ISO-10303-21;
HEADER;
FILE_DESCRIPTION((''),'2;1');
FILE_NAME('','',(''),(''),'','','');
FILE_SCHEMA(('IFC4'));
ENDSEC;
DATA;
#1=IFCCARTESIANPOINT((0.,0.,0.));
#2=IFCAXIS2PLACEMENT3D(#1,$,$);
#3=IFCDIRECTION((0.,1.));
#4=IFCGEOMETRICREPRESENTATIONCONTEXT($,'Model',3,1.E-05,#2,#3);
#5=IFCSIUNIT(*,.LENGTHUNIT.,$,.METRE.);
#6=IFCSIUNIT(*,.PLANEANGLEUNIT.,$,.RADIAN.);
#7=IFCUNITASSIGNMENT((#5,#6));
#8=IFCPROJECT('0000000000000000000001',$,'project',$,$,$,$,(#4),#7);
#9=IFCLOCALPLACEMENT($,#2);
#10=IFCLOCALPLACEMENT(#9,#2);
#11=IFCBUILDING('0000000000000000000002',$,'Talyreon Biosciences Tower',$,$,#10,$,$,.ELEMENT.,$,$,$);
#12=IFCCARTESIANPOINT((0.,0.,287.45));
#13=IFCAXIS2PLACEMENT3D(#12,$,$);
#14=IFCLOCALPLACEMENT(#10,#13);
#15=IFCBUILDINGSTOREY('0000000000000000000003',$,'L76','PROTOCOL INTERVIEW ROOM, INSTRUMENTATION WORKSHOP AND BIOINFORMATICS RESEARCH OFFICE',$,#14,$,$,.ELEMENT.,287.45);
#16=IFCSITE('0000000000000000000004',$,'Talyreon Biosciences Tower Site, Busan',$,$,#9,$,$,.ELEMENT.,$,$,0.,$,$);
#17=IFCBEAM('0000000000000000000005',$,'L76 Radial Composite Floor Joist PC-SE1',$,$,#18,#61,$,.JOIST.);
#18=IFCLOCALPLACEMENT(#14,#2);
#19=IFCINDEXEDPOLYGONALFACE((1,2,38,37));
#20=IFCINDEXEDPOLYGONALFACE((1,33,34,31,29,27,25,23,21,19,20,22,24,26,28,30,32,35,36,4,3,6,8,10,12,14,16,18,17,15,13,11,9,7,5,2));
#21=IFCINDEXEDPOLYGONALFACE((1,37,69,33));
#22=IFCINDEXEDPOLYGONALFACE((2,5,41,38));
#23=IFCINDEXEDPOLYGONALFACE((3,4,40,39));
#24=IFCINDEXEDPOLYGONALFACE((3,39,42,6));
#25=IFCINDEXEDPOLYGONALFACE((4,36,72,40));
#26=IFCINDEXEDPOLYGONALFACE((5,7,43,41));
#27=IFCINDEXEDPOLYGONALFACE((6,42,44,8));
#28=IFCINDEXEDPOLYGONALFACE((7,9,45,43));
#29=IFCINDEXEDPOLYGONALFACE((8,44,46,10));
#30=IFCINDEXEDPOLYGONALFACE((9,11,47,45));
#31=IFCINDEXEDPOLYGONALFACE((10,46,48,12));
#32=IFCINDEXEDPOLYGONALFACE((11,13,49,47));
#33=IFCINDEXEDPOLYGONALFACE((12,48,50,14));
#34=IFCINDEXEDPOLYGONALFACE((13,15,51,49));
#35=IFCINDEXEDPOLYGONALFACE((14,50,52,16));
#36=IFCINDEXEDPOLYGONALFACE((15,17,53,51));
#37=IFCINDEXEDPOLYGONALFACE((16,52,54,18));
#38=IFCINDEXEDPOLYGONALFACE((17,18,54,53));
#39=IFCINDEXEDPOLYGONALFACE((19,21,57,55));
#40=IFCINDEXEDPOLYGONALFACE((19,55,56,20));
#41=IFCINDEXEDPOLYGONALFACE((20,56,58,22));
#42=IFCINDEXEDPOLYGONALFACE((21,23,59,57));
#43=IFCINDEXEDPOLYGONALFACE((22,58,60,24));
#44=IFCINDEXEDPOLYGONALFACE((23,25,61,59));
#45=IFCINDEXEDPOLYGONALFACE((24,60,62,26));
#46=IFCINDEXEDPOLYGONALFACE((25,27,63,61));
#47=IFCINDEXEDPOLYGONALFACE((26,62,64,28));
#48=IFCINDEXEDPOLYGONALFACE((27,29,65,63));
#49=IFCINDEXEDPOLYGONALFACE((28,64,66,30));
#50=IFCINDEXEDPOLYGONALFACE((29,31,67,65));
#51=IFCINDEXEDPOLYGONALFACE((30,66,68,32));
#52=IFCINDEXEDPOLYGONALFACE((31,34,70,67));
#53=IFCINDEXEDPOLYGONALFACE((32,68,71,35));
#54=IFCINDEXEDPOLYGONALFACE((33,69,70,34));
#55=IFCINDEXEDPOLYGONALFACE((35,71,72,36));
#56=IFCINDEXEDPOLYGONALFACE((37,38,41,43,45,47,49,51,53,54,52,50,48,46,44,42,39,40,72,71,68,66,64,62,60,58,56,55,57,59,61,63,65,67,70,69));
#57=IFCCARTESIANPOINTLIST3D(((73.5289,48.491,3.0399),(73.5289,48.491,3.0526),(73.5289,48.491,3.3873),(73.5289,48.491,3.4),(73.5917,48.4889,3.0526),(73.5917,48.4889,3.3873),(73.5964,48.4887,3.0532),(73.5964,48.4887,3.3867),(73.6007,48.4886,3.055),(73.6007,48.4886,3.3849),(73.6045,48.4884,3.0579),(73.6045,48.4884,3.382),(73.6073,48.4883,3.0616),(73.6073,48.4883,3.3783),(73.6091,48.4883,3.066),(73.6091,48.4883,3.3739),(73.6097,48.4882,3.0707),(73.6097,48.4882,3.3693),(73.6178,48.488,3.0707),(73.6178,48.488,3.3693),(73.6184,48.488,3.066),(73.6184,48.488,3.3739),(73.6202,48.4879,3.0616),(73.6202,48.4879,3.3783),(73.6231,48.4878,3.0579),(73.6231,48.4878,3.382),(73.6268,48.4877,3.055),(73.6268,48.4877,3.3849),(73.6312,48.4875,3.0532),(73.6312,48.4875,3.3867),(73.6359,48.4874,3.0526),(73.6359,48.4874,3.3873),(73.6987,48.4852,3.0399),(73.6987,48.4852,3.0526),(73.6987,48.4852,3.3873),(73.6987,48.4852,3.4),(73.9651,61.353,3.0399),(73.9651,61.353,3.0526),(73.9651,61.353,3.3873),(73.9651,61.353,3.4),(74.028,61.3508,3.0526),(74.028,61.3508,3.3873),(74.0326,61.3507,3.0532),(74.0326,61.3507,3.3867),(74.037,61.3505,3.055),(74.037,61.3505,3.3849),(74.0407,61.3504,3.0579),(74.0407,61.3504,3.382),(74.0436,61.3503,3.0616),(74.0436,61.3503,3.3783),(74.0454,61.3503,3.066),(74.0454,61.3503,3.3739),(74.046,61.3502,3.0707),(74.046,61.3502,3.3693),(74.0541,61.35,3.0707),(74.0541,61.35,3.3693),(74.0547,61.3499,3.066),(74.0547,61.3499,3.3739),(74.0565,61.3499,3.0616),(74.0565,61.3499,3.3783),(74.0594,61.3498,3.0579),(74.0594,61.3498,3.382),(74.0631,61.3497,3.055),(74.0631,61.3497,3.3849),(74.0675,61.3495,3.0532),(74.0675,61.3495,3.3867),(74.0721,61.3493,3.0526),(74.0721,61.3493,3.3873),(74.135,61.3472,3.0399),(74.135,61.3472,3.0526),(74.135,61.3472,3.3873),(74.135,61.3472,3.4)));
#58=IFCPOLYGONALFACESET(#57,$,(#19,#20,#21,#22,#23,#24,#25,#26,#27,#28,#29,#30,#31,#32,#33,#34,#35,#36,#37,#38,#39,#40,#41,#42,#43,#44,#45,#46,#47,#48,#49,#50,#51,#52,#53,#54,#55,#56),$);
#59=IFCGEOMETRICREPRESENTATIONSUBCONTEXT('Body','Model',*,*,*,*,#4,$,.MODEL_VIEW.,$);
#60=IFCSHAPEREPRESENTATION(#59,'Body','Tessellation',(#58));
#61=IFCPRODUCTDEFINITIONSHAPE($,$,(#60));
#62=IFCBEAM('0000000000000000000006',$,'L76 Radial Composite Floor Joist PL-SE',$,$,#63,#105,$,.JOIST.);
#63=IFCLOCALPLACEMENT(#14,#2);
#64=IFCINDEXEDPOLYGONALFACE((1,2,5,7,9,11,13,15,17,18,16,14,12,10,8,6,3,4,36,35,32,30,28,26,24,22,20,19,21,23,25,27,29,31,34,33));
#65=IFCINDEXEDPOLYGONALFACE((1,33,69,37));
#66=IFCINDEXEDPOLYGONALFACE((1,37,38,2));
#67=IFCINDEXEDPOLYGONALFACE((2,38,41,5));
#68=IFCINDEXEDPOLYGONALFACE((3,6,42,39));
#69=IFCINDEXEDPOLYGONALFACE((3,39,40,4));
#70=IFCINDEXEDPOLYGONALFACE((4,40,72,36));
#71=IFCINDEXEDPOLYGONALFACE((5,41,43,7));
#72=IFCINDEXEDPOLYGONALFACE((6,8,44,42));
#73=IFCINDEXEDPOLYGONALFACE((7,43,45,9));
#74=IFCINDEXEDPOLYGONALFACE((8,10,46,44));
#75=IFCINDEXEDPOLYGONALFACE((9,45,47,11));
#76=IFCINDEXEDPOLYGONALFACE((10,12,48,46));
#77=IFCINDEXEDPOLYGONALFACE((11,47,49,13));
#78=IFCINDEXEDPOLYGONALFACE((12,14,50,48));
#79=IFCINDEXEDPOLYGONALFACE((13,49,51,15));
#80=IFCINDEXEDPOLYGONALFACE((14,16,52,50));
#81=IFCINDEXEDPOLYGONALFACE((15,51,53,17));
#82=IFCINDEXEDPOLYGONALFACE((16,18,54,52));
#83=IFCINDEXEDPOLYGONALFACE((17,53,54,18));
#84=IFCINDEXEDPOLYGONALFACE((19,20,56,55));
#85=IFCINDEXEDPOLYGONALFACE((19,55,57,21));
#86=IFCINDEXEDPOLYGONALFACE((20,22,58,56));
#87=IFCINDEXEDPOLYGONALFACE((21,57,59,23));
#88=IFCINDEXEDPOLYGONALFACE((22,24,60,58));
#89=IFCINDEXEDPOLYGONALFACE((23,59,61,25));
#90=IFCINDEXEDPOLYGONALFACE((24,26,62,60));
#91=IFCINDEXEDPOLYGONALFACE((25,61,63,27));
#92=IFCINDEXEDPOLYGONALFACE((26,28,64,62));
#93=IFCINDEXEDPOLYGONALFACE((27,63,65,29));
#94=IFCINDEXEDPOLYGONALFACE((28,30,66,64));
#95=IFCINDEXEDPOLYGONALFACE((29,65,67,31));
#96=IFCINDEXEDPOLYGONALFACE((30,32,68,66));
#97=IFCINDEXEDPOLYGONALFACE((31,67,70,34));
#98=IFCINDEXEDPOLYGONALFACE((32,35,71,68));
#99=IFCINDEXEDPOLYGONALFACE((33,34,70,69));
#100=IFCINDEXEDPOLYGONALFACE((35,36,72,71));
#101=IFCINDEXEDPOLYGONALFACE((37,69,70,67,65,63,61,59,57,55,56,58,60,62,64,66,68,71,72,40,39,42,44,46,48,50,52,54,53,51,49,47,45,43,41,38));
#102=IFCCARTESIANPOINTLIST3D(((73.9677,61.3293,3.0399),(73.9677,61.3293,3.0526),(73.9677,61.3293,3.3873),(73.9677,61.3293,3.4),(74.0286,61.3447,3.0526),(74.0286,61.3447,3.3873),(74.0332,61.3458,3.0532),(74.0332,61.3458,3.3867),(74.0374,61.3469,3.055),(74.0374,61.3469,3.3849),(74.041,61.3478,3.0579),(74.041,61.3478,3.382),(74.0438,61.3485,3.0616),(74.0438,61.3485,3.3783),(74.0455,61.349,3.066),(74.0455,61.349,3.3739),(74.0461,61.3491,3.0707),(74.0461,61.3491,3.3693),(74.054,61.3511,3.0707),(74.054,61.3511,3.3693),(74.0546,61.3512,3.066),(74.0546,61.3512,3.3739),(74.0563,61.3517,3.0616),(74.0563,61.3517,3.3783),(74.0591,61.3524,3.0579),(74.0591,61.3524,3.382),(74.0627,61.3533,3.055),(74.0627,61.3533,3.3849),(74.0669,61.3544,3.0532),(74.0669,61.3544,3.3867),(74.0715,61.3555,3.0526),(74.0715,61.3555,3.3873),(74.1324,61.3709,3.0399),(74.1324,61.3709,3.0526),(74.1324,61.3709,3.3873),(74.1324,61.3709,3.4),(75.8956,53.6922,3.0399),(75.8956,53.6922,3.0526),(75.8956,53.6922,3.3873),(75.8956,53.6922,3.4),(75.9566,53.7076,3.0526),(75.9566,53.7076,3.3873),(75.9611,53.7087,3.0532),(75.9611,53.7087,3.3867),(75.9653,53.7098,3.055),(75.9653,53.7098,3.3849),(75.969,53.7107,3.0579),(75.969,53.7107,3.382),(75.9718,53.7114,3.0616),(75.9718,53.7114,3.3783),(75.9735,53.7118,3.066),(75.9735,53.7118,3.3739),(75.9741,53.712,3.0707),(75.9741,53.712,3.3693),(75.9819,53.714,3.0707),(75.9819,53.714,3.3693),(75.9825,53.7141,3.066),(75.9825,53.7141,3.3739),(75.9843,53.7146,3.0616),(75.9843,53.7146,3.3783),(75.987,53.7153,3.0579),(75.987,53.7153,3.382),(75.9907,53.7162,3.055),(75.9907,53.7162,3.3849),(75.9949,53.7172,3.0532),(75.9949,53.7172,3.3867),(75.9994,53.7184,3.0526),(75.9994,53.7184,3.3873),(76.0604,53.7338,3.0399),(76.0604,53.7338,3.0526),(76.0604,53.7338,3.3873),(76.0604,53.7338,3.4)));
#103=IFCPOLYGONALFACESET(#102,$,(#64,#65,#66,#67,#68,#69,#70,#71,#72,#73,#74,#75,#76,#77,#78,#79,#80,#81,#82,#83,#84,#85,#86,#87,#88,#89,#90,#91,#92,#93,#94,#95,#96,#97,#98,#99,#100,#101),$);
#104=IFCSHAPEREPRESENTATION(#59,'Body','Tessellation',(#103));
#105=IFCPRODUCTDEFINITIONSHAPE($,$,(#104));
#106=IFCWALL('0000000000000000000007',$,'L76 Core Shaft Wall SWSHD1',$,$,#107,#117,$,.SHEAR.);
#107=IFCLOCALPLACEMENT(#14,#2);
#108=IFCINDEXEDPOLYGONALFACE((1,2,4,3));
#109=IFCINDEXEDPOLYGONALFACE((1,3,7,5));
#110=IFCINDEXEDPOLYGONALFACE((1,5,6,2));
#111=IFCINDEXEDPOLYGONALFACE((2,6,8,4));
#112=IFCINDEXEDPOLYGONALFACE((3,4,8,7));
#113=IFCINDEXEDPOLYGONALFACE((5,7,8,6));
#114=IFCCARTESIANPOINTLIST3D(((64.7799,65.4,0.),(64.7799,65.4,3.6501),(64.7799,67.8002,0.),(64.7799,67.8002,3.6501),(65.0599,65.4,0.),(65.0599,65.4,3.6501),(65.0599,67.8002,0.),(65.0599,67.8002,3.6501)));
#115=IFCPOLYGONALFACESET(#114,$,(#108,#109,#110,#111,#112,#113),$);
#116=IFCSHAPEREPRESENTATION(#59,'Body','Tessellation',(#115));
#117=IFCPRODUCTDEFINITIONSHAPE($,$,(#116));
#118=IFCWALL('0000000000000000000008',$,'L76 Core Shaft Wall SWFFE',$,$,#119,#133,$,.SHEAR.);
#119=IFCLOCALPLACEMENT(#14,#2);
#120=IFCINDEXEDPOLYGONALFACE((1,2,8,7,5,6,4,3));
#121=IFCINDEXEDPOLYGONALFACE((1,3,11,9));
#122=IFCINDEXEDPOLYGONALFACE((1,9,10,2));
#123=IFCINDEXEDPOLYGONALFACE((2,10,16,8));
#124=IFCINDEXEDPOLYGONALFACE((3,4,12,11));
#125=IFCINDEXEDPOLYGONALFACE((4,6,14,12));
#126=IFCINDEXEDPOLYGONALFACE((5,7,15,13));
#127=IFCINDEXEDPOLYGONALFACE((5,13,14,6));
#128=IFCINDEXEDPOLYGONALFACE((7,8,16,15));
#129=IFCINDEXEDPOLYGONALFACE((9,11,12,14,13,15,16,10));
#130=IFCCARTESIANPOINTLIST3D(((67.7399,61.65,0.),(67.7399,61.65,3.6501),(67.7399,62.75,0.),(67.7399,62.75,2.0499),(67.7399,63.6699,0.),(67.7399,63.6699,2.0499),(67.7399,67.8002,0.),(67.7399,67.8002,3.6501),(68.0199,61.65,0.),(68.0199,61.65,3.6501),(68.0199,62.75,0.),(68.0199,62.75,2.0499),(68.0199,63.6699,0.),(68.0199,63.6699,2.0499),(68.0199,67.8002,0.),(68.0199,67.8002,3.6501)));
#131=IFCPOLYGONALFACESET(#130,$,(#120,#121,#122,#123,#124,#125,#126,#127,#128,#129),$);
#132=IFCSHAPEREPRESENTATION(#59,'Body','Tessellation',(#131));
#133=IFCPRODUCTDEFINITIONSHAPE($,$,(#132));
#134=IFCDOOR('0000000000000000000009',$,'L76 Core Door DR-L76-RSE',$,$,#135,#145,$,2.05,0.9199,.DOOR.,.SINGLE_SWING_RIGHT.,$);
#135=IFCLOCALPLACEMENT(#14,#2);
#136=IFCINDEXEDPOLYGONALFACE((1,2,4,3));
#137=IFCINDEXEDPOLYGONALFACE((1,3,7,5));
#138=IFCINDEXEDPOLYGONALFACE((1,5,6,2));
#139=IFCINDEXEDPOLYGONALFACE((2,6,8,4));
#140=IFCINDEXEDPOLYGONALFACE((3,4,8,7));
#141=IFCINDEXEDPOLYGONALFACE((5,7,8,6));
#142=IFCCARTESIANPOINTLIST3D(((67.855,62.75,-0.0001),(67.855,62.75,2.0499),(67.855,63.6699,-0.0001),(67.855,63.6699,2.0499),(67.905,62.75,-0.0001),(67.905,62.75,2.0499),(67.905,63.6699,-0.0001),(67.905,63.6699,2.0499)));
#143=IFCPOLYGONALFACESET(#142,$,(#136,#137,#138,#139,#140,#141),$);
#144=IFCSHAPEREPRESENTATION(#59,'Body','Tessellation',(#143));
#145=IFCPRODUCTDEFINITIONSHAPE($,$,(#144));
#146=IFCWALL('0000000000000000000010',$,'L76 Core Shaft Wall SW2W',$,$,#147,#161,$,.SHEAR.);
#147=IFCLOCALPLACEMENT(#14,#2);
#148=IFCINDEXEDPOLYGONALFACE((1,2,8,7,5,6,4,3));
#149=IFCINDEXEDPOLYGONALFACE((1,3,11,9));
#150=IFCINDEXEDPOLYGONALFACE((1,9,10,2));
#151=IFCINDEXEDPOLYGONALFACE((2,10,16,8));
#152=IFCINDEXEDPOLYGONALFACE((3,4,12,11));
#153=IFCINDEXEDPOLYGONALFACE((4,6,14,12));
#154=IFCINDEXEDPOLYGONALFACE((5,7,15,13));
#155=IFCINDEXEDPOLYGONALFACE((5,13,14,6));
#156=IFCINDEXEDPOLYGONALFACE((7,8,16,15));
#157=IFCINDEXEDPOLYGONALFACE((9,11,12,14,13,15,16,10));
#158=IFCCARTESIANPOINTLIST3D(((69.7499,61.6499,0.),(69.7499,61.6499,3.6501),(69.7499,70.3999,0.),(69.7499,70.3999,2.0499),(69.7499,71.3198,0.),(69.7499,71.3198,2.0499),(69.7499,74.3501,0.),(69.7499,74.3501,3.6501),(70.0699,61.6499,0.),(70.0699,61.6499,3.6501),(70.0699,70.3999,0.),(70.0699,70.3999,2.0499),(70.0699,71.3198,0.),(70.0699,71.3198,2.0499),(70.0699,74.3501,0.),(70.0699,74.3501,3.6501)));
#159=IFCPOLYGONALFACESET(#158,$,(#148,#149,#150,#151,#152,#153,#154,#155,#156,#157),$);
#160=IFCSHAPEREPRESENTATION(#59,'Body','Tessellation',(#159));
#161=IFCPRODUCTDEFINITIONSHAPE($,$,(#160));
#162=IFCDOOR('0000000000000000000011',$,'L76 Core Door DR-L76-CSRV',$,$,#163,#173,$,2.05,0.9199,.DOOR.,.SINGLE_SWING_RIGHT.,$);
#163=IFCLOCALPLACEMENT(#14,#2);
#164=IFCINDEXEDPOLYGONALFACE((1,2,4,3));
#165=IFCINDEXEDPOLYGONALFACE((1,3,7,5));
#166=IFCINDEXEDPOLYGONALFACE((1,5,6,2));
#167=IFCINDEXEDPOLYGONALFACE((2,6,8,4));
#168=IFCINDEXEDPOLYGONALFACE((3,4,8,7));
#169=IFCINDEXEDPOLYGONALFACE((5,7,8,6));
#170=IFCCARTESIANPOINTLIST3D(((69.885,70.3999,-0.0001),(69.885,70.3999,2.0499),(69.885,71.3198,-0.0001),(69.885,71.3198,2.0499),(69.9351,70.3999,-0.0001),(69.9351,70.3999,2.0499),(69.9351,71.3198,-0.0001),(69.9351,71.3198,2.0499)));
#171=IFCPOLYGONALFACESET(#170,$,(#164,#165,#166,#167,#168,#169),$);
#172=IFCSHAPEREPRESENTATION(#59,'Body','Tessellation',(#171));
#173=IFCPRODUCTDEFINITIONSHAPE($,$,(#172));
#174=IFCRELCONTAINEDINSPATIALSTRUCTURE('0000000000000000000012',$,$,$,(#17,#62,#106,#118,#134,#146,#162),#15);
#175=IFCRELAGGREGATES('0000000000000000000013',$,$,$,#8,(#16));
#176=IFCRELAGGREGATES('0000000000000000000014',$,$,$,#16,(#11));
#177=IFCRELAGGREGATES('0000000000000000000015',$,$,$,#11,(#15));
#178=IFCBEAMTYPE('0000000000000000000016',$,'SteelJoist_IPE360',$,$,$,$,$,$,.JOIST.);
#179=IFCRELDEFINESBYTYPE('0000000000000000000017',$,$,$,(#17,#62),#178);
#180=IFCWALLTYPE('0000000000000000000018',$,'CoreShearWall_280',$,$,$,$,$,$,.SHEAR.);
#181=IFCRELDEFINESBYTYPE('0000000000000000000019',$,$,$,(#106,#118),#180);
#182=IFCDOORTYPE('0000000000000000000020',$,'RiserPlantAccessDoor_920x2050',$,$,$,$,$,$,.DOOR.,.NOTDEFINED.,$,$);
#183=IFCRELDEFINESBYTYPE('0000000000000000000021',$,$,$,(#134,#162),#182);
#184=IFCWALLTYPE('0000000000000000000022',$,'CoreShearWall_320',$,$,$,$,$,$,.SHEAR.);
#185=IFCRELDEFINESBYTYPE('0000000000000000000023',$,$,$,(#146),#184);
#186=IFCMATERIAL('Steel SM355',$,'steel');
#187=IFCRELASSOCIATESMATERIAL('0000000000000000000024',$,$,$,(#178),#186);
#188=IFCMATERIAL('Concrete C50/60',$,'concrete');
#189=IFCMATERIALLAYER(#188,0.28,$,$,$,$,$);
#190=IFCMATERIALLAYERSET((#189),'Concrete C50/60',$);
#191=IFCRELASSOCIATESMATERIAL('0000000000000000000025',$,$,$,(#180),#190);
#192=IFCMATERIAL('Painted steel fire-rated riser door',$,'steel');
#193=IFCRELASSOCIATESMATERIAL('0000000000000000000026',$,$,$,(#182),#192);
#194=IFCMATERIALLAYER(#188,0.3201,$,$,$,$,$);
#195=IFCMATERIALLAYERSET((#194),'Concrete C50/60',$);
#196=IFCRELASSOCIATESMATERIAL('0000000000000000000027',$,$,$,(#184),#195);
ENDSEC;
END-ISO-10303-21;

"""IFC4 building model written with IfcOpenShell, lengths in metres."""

from ifc_helpers import new_model, si_unit, direction, frame, frame_2d, origin, origin_2d, place, context, subcontext, project, spatial, rectangle, i_section, extrude, material, layer, layer_set, material_profile, profile_set, type_object, element, fill, save


model = new_model("IFC4")

# Units and contexts
model_context = context("Model", 3, precision=1e-05, world=origin(), true_north=direction((0.0, 1.0)))
body_context = subcontext(model_context, "Body", "Model", "MODEL_VIEW")
ifc_project = project(units=[si_unit("LENGTHUNIT", "METRE"), si_unit("PLANEANGLEUNIT", "RADIAN")], contexts=[model_context])

# Site, building, storey
site_placement = place(None, origin())
site = spatial("IfcSite", under=ifc_project, at=site_placement, Name="Talyreon Biosciences Tower Site, Busan", CompositionType="ELEMENT", RefElevation=0.0)
building_placement = place(site_placement, origin())
building = spatial("IfcBuilding", under=site, at=building_placement, Name="Talyreon Biosciences Tower", CompositionType="ELEMENT")
storey_placement = place(building_placement, frame((0.0, 0.0, 287.45)))
storey = spatial("IfcBuildingStorey", under=building, at=storey_placement, Name="L76", Description="PROTOCOL INTERVIEW ROOM, INSTRUMENTATION WORKSHOP AND BIOINFORMATICS RESEARCH OFFICE", CompositionType="ELEMENT", Elevation=287.45)

# Shared definitions
ifc_material_1 = material(Name="Concrete C50/60", Category="concrete")

# Beams
ifc_material_2 = material(Name="Steel SM355", Category="steel")
ifc_material_profile_1 = material_profile(ifc_material_2, i_section(OverallWidth=0.1699, OverallDepth=0.3601, WebThickness=0.0081, FlangeThickness=0.0127, FilletRadius=0.0181, at=origin_2d()), Name="IPE360")
ifc_profile_set_1 = profile_set([ifc_material_profile_1], Name="Steel SM355")
beam_type_1 = type_object("IfcBeamType", Name="SteelJoist_IPE360", PredefinedType="JOIST", material=ifc_profile_set_1)
beam_1_placement = place(storey_placement, frame((74.05, 61.3501, 3.22), z_axis=(-0.0339, -0.999425, 0.0), x_axis=(0.999425, -0.0339, 0.0)))
element("IfcBeam", 1, at=beam_1_placement, inside=storey, type_object=beam_type_1, Name="L76 Radial Composite Floor Joist PC-SE1", PredefinedType="JOIST", context=body_context, shape_type="SweptSolid", body=[
    extrude(i_section(OverallWidth=0.1699, OverallDepth=0.3601, WebThickness=0.0081, FlangeThickness=0.0127, FilletRadius=0.0181, at=origin_2d()), origin(), (0.0, 0.0, 1.0), 12.8694),
])
beam_2_placement = place(storey_placement, frame((74.05, 61.3501, 3.22), z_axis=(0.244767, -0.969582, 0.0), x_axis=(0.969582, 0.244767, 0.0)))
element("IfcBeam", 2, at=beam_2_placement, inside=storey, type_object=beam_type_1, Name="L76 Radial Composite Floor Joist PL-SE", PredefinedType="JOIST", context=body_context, shape_type="SweptSolid", body=[
    extrude(i_section(OverallWidth=0.1699, OverallDepth=0.3601, WebThickness=0.0081, FlangeThickness=0.0127, FilletRadius=0.0181, at=origin_2d()), origin(), (0.0, 0.0, 1.0), 7.8767),
])

# Wall
ifc_layer_1 = layer(ifc_material_1, 0.28)
ifc_layer_set_1 = layer_set([ifc_layer_1], Name="Concrete C50/60")
wall_type_1 = type_object("IfcWallType", Name="CoreShearWall_280", PredefinedType="SHEAR", material=ifc_layer_set_1)
wall_1_placement = place(storey_placement, frame((64.9199, 65.3999, 0.0), z_axis=(0.0, 0.0, 1.0), x_axis=(0.0, 1.0, 0.0)))
element("IfcWall", 3, at=wall_1_placement, inside=storey, type_object=wall_type_1, Name="L76 Core Shaft Wall SWSHD1", PredefinedType="SHEAR", context=body_context, shape_type="SweptSolid", body=[
    extrude(rectangle(XDim=2.4001, YDim=0.28, at=frame_2d((1.2002, 0.0))), origin(), (0.0, 0.0, 1.0), 3.6501),
])

# Walls, openings, doors
wall_2_placement = place(storey_placement, frame((67.8799, 61.6499, 0.0), z_axis=(0.0, 0.0, 1.0), x_axis=(0.0, 1.0, 0.0)))
wall_2 = element("IfcWall", 4, at=wall_2_placement, inside=storey, type_object=wall_type_1, Name="L76 Core Shaft Wall SWFFE", PredefinedType="SHEAR", context=body_context, shape_type="SweptSolid", body=[
    extrude(rectangle(XDim=6.1501, YDim=0.28, at=frame_2d((3.0752, 0.0))), origin(), (0.0, 0.0, 1.0), 3.6501),
])
opening_1_placement = place(wall_2_placement, frame((1.1001, 0.0, 0.0)))
opening_1 = element("IfcOpeningElement", 5, at=opening_1_placement, cuts=wall_2, PredefinedType="OPENING", context=body_context, shape_type="SweptSolid", body=[
    extrude(rectangle(XDim=0.9199, YDim=2.05, at=frame_2d((0.46, 1.0249))), frame((0.0, 0.1499, 0.0), z_axis=(0.0, -1.0, 0.0), x_axis=(1.0, 0.0, 0.0)), (0.0, 0.0, 1.0), 0.3),
])
ifc_material_3 = material(Name="Painted steel fire-rated riser door", Category="steel")
door_type = type_object("IfcDoorType", Name="RiserPlantAccessDoor_920x2050", OperationType="NOTDEFINED", PredefinedType="DOOR", material=ifc_material_3)
door_1_placement = place(opening_1_placement, origin())
door_1 = element("IfcDoor", 6, at=door_1_placement, inside=storey, type_object=door_type, Name="L76 Core Door DR-L76-RSE", OperationType="SINGLE_SWING_RIGHT", OverallHeight=2.05, OverallWidth=0.9199, PredefinedType="DOOR", context=body_context, shape_type="SweptSolid", body=[
    extrude(rectangle(XDim=0.9199, YDim=2.05, at=frame_2d((0.46, 1.0249))), frame((0.0, 0.0249, 0.0), z_axis=(0.0, -1.0, 0.0), x_axis=(1.0, 0.0, 0.0)), (0.0, 0.0, 1.0), 0.05),
])
fill(opening_1, door_1)
ifc_layer_2 = layer(ifc_material_1, 0.3201)
ifc_layer_set_2 = layer_set([ifc_layer_2], Name="Concrete C50/60")
wall_type_2 = type_object("IfcWallType", Name="CoreShearWall_320", PredefinedType="SHEAR", material=ifc_layer_set_2)
wall_3_placement = place(storey_placement, frame((69.9099, 61.6499, 0.0), z_axis=(0.0, 0.0, 1.0), x_axis=(0.0, 1.0, 0.0)))
wall_3 = element("IfcWall", 7, at=wall_3_placement, inside=storey, type_object=wall_type_2, Name="L76 Core Shaft Wall SW2W", PredefinedType="SHEAR", context=body_context, shape_type="SweptSolid", body=[
    extrude(rectangle(XDim=12.7002, YDim=0.3201, at=frame_2d((6.3501, 0.0))), origin(), (0.0, 0.0, 1.0), 3.6501),
])
opening_2_placement = place(wall_3_placement, frame((8.75, 0.0, 0.0)))
opening_2 = element("IfcOpeningElement", 8, at=opening_2_placement, cuts=wall_3, PredefinedType="OPENING", context=body_context, shape_type="SweptSolid", body=[
    extrude(rectangle(XDim=0.9199, YDim=2.05, at=frame_2d((0.46, 1.0249))), frame((0.0, 0.1699, 0.0), z_axis=(0.0, -1.0, 0.0), x_axis=(1.0, 0.0, 0.0)), (0.0, 0.0, 1.0), 0.3401),
])
door_2_placement = place(opening_2_placement, origin())
door_2 = element("IfcDoor", 9, at=door_2_placement, inside=storey, type_object=door_type, Name="L76 Core Door DR-L76-CSRV", OperationType="SINGLE_SWING_RIGHT", OverallHeight=2.05, OverallWidth=0.9199, PredefinedType="DOOR", context=body_context, shape_type="SweptSolid", body=[
    extrude(rectangle(XDim=0.9199, YDim=2.05, at=frame_2d((0.46, 1.0249))), frame((0.0, 0.0249, 0.0), z_axis=(0.0, -1.0, 0.0), x_axis=(1.0, 0.0, 0.0)), (0.0, 0.0, 1.0), 0.05),
])
fill(opening_2, door_2)

save(model, "model.ifc")
